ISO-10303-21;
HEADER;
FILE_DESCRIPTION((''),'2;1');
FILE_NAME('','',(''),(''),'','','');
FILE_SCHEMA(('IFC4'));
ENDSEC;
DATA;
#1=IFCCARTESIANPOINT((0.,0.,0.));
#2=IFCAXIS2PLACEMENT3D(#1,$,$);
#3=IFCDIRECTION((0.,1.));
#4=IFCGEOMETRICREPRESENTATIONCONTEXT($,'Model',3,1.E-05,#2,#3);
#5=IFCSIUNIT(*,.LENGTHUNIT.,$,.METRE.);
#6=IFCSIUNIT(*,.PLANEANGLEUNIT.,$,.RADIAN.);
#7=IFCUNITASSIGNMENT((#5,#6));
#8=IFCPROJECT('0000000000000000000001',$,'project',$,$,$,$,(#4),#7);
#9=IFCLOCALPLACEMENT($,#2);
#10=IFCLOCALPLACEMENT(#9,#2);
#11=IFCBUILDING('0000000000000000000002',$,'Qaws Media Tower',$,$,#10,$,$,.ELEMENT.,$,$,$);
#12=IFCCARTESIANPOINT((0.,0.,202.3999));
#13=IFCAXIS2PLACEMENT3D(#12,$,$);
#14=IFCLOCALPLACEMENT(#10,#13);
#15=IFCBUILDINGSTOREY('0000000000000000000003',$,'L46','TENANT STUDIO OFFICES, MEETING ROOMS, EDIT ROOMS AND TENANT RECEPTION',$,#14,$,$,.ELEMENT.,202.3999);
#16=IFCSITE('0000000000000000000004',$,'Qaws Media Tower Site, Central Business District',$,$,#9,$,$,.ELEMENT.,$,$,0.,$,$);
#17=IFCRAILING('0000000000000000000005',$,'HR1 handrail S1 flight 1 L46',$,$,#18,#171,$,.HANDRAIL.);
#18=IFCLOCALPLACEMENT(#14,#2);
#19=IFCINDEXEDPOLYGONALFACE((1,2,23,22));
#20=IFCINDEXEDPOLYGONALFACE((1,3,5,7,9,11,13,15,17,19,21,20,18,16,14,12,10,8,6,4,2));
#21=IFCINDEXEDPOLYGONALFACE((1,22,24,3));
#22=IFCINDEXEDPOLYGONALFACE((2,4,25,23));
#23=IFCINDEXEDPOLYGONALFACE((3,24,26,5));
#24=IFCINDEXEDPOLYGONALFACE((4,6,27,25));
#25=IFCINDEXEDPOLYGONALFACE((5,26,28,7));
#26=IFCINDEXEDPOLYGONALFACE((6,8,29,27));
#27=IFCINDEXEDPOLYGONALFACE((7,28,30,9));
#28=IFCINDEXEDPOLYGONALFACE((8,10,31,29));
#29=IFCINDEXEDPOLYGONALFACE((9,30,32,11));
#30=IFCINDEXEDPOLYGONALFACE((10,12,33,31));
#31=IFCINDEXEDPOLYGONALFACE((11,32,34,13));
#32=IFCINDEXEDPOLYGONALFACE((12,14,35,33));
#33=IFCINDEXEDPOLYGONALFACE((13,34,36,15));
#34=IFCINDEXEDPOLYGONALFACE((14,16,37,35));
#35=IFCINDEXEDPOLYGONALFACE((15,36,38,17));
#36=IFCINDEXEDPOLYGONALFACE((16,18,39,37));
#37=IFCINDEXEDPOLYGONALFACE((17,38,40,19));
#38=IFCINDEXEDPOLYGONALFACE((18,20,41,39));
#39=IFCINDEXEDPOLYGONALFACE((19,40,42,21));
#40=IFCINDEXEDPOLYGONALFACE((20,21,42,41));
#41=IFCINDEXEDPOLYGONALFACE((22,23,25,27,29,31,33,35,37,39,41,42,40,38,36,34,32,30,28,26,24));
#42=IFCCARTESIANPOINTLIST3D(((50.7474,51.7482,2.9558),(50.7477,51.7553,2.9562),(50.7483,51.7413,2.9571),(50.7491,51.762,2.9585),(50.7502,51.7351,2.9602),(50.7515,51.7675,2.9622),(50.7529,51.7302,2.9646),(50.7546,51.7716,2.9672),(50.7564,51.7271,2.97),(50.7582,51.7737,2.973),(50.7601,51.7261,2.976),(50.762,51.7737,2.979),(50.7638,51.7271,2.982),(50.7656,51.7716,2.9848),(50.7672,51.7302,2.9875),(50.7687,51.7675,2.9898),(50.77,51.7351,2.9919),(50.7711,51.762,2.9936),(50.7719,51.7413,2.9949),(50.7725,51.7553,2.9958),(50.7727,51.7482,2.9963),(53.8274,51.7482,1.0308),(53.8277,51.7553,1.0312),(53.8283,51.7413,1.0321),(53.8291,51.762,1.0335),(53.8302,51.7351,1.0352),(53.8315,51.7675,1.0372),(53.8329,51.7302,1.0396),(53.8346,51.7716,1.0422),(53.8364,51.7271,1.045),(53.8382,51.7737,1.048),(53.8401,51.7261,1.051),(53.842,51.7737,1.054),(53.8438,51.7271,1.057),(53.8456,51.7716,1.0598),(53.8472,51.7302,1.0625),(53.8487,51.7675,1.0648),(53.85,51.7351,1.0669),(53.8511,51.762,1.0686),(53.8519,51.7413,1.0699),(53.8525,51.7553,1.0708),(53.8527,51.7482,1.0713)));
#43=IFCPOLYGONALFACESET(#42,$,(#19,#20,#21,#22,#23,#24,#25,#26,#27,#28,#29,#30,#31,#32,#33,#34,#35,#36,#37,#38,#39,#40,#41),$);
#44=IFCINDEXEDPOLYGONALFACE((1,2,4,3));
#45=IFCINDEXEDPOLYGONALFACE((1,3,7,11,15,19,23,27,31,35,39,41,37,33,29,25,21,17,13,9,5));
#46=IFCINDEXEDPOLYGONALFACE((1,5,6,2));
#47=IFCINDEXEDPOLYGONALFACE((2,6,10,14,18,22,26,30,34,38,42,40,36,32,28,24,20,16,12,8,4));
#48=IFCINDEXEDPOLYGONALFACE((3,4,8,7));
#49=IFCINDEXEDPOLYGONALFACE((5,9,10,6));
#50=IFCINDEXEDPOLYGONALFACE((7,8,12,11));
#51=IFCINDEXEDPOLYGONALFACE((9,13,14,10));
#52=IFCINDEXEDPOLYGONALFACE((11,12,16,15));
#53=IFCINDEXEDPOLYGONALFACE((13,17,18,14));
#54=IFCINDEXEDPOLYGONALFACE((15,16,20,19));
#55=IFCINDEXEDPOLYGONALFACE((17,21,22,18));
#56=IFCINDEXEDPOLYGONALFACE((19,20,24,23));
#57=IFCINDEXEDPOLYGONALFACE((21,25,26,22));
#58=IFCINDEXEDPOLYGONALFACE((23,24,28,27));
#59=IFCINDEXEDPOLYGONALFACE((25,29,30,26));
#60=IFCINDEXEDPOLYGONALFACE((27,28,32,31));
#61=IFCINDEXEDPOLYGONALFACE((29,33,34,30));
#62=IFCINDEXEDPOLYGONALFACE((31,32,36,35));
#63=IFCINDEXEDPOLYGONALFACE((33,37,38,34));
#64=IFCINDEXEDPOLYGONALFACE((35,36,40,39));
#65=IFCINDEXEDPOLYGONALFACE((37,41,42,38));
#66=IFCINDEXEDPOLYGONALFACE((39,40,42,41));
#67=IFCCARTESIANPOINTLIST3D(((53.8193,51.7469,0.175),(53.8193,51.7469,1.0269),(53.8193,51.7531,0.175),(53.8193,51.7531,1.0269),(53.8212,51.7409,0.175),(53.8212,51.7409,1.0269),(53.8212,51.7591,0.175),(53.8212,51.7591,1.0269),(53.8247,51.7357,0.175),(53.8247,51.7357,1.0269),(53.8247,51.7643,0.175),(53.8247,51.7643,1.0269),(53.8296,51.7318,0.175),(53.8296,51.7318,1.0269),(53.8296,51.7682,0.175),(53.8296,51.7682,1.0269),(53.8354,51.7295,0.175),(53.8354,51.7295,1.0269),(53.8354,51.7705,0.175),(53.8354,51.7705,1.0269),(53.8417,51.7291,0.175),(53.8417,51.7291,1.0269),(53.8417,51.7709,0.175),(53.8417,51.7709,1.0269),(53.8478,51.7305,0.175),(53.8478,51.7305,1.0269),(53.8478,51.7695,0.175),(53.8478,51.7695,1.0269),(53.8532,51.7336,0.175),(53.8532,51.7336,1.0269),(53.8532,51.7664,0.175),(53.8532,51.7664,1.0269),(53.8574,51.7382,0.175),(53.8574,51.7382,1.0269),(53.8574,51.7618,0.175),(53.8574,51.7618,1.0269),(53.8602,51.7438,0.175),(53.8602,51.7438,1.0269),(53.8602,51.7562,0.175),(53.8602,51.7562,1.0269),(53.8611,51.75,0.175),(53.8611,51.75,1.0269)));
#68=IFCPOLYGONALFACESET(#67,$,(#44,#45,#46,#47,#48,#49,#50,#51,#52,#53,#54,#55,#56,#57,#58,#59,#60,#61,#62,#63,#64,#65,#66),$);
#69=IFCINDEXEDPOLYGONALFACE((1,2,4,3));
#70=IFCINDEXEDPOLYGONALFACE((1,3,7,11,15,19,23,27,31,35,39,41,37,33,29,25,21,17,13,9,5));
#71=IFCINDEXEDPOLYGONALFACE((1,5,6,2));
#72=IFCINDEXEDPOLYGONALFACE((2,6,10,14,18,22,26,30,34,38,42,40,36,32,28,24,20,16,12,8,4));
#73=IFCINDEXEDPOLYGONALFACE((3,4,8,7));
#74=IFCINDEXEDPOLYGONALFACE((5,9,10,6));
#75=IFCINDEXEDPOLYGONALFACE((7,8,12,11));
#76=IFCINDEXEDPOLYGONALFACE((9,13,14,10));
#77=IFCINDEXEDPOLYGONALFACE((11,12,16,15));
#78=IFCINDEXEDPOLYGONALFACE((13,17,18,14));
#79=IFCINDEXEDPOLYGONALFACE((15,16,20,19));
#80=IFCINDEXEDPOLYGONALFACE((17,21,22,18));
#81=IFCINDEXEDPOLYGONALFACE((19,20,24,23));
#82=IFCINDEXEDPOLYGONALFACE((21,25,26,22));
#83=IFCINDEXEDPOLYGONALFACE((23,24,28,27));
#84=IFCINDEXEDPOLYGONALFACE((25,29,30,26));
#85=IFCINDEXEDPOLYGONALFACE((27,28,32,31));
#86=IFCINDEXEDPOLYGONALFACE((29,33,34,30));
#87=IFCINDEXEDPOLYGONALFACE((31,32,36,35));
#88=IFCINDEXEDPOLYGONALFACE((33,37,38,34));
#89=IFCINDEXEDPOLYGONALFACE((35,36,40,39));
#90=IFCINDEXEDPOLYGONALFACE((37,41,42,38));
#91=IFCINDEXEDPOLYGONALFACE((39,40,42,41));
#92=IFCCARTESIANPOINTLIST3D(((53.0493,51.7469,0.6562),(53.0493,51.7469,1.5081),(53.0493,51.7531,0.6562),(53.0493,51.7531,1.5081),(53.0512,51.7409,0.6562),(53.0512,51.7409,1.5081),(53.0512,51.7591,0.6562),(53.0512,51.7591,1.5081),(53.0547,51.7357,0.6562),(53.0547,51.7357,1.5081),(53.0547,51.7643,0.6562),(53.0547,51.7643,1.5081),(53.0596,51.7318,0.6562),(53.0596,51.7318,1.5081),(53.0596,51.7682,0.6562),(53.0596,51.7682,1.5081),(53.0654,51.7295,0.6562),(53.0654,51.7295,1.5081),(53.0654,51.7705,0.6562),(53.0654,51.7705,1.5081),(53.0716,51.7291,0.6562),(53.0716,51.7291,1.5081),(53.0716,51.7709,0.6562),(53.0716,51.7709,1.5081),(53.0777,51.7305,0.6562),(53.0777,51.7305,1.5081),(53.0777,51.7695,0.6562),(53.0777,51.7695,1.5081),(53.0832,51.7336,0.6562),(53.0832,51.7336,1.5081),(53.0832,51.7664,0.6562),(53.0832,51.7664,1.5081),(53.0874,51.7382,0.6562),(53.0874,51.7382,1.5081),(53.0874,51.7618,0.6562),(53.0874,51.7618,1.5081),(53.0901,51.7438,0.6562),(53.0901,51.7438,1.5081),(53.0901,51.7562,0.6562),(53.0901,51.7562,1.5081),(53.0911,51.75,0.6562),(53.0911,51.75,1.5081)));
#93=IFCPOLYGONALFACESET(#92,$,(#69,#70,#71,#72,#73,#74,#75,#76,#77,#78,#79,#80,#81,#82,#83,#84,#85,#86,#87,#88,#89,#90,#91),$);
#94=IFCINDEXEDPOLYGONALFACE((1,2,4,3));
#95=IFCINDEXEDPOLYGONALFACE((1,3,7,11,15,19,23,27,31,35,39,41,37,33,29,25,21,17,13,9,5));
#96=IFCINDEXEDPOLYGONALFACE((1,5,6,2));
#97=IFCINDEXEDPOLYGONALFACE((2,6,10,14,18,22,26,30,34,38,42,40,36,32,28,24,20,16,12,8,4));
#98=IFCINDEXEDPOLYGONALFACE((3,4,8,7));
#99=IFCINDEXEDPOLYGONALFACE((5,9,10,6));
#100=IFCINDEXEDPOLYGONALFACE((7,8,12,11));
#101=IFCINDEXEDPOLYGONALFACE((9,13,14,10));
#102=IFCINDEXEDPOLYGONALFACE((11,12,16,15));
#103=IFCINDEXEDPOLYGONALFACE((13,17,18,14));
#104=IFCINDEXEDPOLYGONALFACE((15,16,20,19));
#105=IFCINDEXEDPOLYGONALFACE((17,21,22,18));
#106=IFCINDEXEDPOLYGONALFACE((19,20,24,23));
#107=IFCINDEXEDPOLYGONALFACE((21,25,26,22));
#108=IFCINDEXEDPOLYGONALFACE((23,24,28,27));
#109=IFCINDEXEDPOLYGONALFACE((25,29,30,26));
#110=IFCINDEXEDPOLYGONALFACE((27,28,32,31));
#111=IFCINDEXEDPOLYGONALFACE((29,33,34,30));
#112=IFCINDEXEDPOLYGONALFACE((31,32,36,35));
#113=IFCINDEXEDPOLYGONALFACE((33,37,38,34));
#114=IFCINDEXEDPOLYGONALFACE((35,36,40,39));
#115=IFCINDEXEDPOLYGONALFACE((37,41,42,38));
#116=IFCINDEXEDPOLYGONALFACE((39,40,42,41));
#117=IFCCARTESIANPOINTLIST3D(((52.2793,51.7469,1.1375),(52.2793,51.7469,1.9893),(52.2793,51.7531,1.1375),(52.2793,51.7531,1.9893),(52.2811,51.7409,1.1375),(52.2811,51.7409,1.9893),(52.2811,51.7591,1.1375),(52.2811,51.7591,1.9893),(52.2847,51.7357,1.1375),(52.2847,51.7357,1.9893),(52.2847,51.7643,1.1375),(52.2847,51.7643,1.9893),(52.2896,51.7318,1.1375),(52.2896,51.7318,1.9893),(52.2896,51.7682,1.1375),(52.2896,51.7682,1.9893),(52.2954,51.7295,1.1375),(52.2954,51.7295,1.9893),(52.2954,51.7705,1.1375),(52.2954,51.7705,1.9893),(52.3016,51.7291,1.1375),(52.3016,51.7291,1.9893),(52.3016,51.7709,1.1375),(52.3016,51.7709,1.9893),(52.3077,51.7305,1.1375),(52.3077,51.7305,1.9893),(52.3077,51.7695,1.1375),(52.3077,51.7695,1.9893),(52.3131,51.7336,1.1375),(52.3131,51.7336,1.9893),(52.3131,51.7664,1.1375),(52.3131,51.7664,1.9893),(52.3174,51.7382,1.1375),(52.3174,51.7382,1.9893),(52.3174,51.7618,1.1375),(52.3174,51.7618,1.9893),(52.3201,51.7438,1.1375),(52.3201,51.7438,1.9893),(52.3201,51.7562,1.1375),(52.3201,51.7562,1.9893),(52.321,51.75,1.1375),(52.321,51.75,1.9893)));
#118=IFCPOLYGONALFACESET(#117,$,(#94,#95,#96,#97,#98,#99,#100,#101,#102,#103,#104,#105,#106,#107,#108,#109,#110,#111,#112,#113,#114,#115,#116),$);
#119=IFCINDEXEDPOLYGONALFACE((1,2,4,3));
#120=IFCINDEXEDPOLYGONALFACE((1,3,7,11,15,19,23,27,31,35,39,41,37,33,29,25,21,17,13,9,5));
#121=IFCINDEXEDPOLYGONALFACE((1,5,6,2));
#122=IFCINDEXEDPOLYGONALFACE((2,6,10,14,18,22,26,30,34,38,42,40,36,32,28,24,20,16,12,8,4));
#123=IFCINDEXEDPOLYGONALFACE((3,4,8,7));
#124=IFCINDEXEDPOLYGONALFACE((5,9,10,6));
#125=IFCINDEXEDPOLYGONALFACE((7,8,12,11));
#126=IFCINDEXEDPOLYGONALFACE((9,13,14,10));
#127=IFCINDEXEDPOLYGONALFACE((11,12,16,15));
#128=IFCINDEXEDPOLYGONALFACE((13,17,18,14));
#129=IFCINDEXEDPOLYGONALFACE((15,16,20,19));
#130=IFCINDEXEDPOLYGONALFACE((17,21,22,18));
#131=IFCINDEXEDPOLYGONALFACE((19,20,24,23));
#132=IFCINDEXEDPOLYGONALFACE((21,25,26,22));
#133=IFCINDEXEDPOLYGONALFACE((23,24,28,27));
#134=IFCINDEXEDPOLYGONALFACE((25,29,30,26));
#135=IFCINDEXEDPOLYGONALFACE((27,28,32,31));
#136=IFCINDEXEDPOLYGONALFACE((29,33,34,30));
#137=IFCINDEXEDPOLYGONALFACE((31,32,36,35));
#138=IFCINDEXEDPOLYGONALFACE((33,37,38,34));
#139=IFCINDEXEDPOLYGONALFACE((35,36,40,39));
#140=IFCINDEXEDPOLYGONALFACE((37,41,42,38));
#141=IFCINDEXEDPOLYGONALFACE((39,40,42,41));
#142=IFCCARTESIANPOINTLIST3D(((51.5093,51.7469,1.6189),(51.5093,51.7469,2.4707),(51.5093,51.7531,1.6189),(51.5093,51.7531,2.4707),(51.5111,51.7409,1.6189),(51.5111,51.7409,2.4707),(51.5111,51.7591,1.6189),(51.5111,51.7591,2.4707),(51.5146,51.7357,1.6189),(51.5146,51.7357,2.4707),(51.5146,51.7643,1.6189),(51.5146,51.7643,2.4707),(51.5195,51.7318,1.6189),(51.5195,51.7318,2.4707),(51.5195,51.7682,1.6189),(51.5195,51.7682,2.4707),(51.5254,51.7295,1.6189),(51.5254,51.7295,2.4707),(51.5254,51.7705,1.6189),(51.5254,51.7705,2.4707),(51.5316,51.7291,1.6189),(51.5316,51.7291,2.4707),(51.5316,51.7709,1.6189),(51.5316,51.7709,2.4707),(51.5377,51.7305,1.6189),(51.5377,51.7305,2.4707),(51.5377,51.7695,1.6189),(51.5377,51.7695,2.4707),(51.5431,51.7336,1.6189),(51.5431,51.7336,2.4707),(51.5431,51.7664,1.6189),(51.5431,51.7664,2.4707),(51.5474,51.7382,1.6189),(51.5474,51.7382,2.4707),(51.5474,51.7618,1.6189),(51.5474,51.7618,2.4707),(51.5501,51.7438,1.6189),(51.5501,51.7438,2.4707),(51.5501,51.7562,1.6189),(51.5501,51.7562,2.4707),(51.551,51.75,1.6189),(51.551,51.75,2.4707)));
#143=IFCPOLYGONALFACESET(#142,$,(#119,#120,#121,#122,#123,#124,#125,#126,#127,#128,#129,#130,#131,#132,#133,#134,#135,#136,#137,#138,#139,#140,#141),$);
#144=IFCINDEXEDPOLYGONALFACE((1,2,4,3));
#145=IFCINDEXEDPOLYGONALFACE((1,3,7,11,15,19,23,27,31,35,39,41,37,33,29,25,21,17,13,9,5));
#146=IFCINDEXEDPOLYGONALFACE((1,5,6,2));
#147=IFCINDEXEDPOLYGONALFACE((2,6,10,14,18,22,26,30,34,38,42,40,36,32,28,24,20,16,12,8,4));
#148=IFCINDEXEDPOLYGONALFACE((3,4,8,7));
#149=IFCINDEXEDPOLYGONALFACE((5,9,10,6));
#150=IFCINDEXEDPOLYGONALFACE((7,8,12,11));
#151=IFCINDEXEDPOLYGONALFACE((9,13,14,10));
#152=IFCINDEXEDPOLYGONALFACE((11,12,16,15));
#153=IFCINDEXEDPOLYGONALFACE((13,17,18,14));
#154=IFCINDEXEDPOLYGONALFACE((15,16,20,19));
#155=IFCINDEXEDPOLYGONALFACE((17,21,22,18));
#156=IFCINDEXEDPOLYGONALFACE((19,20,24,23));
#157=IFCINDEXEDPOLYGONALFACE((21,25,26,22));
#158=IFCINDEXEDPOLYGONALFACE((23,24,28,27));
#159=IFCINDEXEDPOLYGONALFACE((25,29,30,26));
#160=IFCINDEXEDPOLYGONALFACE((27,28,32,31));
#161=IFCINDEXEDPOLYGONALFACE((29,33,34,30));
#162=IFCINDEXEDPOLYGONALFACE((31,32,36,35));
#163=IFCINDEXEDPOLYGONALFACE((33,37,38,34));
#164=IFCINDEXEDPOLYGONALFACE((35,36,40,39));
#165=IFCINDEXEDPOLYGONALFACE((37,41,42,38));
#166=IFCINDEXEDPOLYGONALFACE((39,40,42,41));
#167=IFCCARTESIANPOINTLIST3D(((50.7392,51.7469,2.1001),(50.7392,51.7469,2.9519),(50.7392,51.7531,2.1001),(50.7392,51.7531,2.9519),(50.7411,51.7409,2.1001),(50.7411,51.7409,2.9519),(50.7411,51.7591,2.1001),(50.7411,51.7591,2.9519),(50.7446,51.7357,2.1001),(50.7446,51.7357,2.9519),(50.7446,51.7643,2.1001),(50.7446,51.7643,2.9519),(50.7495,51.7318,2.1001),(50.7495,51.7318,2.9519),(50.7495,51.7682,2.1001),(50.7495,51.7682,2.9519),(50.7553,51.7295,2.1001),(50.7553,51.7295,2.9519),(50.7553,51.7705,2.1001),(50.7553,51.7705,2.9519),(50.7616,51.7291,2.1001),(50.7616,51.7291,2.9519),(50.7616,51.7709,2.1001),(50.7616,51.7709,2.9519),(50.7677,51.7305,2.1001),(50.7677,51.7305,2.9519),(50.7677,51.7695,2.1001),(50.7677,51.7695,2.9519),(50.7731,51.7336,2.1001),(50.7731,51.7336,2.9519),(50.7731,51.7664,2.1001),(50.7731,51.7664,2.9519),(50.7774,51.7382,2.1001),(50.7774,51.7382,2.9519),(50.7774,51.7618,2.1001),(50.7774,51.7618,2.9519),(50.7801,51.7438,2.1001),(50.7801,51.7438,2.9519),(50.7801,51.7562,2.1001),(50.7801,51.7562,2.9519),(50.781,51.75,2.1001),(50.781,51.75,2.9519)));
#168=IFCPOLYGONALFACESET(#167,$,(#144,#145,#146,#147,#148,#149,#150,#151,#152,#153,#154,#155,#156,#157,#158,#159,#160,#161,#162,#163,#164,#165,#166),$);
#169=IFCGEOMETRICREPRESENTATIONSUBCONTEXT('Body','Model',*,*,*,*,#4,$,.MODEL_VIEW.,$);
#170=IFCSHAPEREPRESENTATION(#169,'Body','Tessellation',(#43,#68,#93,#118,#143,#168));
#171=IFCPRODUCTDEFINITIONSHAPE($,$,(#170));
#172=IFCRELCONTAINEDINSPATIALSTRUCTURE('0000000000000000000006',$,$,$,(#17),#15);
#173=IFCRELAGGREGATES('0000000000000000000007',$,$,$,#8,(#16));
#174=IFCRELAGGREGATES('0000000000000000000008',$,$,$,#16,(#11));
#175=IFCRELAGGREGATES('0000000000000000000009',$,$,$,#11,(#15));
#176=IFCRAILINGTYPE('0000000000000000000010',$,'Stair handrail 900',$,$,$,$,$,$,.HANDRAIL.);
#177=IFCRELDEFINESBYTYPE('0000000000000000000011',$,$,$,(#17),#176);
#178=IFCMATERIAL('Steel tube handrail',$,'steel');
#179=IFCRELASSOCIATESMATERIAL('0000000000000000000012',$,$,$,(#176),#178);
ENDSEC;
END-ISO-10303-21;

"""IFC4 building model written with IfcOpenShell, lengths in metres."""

from ifc_helpers import new_model, si_unit, direction, frame, origin, origin_2d, place, context, subcontext, project, spatial, circle, extrude, material, type_object, element, save


model = new_model("IFC4")

# Units and contexts
model_context = context("Model", 3, precision=1e-05, world=origin(), true_north=direction((0.0, 1.0)))
body_context = subcontext(model_context, "Body", "Model", "MODEL_VIEW")
ifc_project = project(units=[si_unit("LENGTHUNIT", "METRE"), si_unit("PLANEANGLEUNIT", "RADIAN")], contexts=[model_context])

# Site, building, storey
site_placement = place(None, origin())
site = spatial("IfcSite", under=ifc_project, at=site_placement, Name="Qaws Media Tower Site, Central Business District", CompositionType="ELEMENT", RefElevation=0.0)
building_placement = place(site_placement, origin())
building = spatial("IfcBuilding", under=site, at=building_placement, Name="Qaws Media Tower", CompositionType="ELEMENT")
storey_placement = place(building_placement, frame((0.0, 0.0, 202.3999)))
storey = spatial("IfcBuildingStorey", under=building, at=storey_placement, Name="L46", Description="TENANT STUDIO OFFICES, MEETING ROOMS, EDIT ROOMS AND TENANT RECEPTION", CompositionType="ELEMENT", Elevation=202.3999)

# Railing
ifc_material_1 = material(Name="Steel tube handrail", Category="steel")
railing_type = type_object("IfcRailingType", Name="Stair handrail 900", PredefinedType="HANDRAIL", material=ifc_material_1)
railing_placement = place(storey_placement, frame((53.8401, 51.75, 0.175)))
element("IfcRailing", 1, at=railing_placement, inside=storey, type_object=railing_type, Name="HR1 handrail S1 flight 1 L46", PredefinedType="HANDRAIL", context=body_context, shape_type="SweptSolid", body=[
    extrude(circle(Radius=0.0239, at=origin_2d()), frame((0.0, 0.0, 0.876), z_axis=(-0.847998, 0.0, 0.529999), x_axis=(0.0, -1.0, 0.0)), (0.0, 0.0, 1.0), 3.6321),
    extrude(circle(Radius=0.021, at=origin_2d()), origin(), (0.0, 0.0, 1.0), 0.8518),
    extrude(circle(Radius=0.021, at=origin_2d()), frame((-0.77, 0.0, 0.4812)), (0.0, 0.0, 1.0), 0.8518),
    extrude(circle(Radius=0.021, at=origin_2d()), frame((-1.54, 0.0, 0.9624)), (0.0, 0.0, 1.0), 0.8518),
    extrude(circle(Radius=0.021, at=origin_2d()), frame((-2.3101, 0.0, 1.4438)), (0.0, 0.0, 1.0), 0.8518),
    extrude(circle(Radius=0.021, at=origin_2d()), frame((-3.0801, 0.0, 1.925)), (0.0, 0.0, 1.0), 0.8518),
])

save(model, "model.ifc")
